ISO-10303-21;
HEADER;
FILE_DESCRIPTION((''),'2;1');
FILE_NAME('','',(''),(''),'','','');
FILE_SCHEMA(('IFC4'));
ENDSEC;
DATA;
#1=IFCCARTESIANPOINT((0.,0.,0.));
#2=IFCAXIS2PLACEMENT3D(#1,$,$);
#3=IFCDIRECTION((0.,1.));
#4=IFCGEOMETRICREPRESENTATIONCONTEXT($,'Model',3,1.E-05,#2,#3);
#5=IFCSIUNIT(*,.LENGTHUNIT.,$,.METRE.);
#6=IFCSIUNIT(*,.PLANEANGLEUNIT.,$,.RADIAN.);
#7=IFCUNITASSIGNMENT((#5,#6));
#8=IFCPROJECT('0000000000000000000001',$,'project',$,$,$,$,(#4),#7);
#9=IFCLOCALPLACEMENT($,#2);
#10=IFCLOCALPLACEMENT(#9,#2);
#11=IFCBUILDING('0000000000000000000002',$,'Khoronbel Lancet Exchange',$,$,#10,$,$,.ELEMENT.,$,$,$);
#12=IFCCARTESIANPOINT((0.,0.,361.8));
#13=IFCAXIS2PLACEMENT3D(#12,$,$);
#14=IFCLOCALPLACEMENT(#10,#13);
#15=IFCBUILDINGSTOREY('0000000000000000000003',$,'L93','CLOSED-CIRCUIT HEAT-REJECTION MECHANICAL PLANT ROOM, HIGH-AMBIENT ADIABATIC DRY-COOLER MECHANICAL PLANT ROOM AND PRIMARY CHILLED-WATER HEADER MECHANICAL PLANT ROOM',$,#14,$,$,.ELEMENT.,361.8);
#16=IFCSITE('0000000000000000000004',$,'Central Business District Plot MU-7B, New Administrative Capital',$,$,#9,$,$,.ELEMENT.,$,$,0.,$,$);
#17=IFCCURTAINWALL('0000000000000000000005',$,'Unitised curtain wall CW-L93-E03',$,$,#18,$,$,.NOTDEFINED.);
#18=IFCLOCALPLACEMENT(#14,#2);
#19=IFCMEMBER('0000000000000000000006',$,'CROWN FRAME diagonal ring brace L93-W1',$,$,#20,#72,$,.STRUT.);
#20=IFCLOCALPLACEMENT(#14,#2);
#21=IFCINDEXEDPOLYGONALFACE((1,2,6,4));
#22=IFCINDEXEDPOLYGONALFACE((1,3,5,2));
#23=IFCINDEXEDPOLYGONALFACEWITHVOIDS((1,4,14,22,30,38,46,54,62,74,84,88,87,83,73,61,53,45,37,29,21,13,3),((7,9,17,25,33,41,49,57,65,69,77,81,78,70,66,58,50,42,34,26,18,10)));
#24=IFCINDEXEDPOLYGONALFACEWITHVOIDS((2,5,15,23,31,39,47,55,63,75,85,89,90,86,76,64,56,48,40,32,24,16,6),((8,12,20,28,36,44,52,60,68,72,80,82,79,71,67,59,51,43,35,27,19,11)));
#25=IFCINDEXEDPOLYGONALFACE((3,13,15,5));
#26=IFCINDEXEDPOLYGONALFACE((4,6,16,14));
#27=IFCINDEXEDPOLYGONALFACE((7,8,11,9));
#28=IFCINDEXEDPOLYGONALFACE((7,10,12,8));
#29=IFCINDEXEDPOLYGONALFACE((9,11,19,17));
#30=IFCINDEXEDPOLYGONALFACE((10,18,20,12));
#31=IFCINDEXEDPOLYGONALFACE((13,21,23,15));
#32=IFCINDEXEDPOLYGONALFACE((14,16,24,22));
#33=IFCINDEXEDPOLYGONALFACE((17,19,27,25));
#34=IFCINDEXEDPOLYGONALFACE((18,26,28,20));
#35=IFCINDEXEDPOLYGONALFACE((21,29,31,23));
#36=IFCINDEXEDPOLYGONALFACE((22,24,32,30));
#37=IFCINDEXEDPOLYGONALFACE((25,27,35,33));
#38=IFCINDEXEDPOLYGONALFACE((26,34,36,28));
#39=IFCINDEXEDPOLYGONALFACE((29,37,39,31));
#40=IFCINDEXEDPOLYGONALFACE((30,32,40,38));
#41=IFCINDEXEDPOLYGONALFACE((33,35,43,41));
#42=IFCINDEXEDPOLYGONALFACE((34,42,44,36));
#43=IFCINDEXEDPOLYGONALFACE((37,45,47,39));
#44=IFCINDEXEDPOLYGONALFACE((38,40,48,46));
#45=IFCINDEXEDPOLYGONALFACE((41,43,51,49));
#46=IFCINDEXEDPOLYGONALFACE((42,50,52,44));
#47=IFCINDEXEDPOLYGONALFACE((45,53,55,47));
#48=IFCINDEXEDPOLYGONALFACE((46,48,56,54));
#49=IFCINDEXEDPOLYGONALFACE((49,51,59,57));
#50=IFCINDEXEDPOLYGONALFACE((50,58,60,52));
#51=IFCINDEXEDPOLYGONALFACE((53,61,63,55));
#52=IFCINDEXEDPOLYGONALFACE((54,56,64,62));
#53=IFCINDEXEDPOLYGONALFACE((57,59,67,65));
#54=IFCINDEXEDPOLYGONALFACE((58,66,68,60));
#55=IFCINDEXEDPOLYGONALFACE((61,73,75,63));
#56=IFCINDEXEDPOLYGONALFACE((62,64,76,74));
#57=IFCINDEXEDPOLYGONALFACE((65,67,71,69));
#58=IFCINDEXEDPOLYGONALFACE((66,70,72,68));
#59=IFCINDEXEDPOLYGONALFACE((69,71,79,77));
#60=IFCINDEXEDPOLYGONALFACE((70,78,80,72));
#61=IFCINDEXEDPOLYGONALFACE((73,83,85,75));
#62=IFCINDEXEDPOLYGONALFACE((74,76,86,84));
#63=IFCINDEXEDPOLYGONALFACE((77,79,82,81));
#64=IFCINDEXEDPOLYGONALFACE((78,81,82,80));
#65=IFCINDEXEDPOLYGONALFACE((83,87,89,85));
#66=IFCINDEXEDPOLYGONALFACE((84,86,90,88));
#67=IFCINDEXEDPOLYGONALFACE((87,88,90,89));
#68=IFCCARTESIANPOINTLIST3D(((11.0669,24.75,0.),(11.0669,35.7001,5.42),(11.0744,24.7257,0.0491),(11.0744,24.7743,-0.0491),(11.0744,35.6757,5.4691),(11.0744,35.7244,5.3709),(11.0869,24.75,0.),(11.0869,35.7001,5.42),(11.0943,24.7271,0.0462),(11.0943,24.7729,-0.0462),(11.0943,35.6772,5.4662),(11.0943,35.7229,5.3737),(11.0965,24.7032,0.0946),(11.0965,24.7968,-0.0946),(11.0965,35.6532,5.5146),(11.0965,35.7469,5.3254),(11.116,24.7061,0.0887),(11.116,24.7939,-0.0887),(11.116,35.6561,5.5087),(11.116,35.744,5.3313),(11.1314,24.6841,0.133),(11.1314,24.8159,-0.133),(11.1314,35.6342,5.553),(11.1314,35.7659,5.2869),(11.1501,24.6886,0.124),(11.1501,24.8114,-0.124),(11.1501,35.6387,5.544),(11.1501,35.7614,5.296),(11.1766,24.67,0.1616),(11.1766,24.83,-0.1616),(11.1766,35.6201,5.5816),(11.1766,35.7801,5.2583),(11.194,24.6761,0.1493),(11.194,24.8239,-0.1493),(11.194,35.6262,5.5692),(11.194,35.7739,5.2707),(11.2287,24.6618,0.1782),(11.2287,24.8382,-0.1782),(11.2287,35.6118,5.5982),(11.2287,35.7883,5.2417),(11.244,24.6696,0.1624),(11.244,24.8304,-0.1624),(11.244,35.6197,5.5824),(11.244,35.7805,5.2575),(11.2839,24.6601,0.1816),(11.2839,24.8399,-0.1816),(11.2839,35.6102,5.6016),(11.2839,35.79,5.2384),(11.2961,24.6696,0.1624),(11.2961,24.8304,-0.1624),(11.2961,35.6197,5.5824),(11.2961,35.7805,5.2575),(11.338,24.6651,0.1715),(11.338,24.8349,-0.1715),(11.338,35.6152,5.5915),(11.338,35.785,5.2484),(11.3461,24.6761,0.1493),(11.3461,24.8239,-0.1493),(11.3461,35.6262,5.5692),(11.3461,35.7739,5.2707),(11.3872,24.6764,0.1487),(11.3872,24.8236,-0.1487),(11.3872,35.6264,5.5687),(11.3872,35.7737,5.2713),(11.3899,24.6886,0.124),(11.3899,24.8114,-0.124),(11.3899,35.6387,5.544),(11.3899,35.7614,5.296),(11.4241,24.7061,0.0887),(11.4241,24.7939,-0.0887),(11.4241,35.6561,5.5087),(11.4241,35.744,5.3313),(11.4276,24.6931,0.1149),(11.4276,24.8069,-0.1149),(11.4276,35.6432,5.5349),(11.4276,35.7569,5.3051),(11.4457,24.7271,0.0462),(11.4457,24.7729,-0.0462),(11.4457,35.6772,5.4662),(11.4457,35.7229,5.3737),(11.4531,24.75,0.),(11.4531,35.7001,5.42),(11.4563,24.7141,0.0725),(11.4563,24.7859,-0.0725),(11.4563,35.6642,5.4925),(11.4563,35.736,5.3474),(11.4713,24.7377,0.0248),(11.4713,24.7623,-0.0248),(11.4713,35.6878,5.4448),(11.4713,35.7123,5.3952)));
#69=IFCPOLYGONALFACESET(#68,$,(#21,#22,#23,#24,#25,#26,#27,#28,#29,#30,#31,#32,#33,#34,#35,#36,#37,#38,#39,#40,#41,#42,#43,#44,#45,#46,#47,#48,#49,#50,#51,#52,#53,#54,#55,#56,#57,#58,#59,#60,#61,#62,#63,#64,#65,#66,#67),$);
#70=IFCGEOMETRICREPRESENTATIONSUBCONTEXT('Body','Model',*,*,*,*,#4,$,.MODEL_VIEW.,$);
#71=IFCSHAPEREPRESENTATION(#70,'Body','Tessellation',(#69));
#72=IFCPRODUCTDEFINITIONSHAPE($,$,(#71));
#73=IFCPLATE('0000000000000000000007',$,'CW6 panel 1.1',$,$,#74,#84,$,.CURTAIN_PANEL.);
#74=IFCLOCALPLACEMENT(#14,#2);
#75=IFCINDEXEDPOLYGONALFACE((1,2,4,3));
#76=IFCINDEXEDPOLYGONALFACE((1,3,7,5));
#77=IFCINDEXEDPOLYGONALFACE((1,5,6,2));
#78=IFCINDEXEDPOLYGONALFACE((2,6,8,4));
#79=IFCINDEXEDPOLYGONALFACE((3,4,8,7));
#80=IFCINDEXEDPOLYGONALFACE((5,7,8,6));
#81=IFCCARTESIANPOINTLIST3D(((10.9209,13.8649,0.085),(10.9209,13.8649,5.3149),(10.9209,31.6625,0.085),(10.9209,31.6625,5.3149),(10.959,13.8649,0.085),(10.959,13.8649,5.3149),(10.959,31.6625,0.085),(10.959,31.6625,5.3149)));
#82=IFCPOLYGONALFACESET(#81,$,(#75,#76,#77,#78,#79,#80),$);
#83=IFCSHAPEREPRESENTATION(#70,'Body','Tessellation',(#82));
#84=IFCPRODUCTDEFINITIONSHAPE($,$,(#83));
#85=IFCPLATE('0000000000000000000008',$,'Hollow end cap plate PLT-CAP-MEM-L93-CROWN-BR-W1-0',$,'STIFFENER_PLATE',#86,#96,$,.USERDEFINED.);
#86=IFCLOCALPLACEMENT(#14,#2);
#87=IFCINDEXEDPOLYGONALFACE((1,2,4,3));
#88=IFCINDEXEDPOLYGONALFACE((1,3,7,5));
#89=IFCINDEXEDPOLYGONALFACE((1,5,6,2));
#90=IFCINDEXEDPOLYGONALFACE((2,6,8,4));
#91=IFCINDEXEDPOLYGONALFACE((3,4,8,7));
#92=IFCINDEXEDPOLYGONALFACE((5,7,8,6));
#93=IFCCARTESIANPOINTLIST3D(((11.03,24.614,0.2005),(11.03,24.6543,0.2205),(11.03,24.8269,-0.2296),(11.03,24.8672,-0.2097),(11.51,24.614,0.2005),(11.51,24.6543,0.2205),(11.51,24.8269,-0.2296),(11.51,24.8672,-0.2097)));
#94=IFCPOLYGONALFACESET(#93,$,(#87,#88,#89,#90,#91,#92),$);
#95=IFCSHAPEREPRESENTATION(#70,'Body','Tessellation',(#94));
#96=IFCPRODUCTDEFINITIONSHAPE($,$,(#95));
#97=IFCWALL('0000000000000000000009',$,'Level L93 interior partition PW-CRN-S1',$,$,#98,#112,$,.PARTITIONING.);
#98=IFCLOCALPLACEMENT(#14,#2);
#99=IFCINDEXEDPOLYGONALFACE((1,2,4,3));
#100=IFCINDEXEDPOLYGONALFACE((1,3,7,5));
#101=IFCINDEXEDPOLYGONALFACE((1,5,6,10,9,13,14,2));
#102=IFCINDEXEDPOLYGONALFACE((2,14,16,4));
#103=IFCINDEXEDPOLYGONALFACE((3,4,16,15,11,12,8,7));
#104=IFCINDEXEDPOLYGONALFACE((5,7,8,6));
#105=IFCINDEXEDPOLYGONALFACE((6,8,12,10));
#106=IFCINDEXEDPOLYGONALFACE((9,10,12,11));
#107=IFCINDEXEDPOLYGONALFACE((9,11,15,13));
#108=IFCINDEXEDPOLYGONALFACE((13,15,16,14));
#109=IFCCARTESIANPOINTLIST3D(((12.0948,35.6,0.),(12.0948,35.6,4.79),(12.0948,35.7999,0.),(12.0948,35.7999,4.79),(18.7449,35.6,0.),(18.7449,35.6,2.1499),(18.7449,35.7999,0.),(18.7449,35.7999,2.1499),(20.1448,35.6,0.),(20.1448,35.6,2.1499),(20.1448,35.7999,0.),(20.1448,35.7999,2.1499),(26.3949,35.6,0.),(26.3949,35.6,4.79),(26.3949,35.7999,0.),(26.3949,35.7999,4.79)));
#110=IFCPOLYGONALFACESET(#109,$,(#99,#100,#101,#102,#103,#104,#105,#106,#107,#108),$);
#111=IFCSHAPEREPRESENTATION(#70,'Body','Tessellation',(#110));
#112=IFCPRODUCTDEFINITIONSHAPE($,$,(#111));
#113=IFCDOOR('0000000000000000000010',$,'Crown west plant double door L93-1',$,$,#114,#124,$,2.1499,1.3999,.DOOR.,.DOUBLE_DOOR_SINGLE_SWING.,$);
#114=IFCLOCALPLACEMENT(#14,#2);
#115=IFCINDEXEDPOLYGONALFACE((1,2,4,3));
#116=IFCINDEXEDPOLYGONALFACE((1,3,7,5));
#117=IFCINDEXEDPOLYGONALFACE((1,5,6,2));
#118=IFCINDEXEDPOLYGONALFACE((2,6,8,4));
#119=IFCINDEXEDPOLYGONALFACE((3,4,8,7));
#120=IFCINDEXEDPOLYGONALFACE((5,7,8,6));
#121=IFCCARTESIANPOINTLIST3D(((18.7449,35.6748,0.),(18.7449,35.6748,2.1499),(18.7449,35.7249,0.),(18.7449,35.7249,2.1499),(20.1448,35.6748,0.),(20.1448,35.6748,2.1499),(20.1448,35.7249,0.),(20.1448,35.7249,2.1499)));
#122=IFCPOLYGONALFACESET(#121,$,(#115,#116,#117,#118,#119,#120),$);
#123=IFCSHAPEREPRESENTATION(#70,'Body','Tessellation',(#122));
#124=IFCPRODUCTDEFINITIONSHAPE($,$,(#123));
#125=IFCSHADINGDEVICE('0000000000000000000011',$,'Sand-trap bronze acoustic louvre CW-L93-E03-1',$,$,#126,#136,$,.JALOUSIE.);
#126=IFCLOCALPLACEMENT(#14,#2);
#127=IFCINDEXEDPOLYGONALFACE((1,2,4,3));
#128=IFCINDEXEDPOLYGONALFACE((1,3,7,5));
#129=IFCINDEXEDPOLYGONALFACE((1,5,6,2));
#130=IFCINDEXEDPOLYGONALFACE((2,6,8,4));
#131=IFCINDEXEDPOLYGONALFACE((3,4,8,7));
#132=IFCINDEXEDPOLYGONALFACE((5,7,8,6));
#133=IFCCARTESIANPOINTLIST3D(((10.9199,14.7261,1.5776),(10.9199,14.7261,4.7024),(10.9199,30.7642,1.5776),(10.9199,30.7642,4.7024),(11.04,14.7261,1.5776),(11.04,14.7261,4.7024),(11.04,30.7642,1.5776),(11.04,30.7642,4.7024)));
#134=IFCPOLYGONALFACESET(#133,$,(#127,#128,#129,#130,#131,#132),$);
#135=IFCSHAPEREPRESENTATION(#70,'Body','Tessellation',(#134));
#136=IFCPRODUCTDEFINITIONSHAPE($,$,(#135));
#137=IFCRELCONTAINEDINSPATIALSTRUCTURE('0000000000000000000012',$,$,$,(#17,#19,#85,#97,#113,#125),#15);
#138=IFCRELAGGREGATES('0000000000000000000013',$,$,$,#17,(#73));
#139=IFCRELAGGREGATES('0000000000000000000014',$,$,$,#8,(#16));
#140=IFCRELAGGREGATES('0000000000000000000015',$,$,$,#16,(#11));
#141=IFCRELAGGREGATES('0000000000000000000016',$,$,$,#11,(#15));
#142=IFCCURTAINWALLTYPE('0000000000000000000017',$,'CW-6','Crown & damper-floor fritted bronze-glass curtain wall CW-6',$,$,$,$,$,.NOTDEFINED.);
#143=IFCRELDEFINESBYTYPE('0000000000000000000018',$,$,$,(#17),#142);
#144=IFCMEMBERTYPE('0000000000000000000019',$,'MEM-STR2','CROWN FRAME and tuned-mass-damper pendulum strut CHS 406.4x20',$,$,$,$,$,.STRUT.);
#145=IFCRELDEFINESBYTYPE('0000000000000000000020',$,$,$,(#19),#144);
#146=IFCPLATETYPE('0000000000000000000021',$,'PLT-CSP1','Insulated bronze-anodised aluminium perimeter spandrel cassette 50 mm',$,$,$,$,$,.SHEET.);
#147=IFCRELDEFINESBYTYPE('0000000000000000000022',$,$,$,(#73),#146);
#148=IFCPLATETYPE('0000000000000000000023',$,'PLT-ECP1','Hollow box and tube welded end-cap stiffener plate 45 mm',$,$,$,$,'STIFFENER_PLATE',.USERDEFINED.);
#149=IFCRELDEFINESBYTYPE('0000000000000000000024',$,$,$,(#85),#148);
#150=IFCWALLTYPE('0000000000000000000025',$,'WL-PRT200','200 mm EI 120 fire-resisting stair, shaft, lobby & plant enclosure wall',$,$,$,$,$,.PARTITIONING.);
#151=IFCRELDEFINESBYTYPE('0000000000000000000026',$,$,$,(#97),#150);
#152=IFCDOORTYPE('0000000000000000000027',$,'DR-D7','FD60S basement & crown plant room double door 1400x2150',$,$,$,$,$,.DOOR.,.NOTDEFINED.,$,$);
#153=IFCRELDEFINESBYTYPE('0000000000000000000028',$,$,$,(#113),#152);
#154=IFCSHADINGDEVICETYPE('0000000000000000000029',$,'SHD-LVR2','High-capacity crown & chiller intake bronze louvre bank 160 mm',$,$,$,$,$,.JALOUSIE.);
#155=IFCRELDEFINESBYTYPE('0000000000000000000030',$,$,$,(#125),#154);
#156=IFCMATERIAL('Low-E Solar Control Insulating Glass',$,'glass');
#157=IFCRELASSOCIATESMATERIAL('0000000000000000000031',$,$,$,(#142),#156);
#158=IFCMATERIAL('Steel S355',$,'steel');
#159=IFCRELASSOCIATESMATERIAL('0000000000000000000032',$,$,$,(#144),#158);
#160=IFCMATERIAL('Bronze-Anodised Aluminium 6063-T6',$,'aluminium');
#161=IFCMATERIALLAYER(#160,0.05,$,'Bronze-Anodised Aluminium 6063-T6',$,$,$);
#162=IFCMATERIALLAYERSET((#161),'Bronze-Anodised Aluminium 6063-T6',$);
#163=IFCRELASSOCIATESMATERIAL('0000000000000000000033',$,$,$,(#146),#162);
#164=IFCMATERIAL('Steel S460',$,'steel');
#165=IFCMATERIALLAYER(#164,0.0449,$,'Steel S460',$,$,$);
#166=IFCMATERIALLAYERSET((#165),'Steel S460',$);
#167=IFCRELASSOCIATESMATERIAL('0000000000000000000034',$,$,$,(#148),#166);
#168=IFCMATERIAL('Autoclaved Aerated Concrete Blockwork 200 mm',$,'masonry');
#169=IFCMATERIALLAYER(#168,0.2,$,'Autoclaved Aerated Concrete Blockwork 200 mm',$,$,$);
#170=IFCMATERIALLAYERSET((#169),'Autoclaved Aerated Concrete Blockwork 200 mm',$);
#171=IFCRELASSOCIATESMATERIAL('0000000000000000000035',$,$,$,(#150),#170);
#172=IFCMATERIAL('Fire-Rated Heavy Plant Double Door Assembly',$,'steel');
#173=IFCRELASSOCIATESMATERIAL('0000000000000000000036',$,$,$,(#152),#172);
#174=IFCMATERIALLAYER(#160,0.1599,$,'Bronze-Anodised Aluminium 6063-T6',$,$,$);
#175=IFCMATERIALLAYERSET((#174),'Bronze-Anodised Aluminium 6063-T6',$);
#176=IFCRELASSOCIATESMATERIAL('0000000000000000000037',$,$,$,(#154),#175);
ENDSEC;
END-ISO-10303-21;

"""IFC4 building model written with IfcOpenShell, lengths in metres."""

from ifc_helpers import new_model, si_unit, direction, frame, frame_2d, origin, origin_2d, place, context, subcontext, project, spatial, polyline, rectangle, hollow_circle, outline, extrude, material, layer, layer_set, material_profile, profile_set, type_object, element, fill, aggregate, save


model = new_model("IFC4")

# Units and contexts
model_context = context("Model", 3, precision=1e-05, world=origin(), true_north=direction((0.0, 1.0)))
body_context = subcontext(model_context, "Body", "Model", "MODEL_VIEW")
ifc_project = project(units=[si_unit("LENGTHUNIT", "METRE"), si_unit("PLANEANGLEUNIT", "RADIAN")], contexts=[model_context])

# Site, building, storey
site_placement = place(None, origin())
site = spatial("IfcSite", under=ifc_project, at=site_placement, Name="Central Business District Plot MU-7B, New Administrative Capital", CompositionType="ELEMENT", RefElevation=0.0)
building_placement = place(site_placement, origin())
building = spatial("IfcBuilding", under=site, at=building_placement, Name="Khoronbel Lancet Exchange", CompositionType="ELEMENT")
storey_placement = place(building_placement, frame((0.0, 0.0, 361.8)))
storey = spatial("IfcBuildingStorey", under=building, at=storey_placement, Name="L93", Description="CLOSED-CIRCUIT HEAT-REJECTION MECHANICAL PLANT ROOM, HIGH-AMBIENT ADIABATIC DRY-COOLER MECHANICAL PLANT ROOM AND PRIMARY CHILLED-WATER HEADER MECHANICAL PLANT ROOM", CompositionType="ELEMENT", Elevation=361.8)

# Shared definitions
ifc_material_1 = material(Name="Steel S355", Category="steel")

# Curtain wall
ifc_material_2 = material(Name="Low-E Solar Control Insulating Glass", Category="glass")
curtain_wall_type = type_object("IfcCurtainWallType", Name="CW-6", Description="Crown & damper-floor fritted bronze-glass curtain wall CW-6", PredefinedType="NOTDEFINED", material=ifc_material_2)
curtain_wall_placement = place(storey_placement, origin())
curtain_wall = element("IfcCurtainWall", 1, at=curtain_wall_placement, inside=storey, type_object=curtain_wall_type, Name="Unitised curtain wall CW-L93-E03", PredefinedType="NOTDEFINED")
ifc_material_3 = material(Name="Bronze-Anodised Aluminium 6063-T6", Category="aluminium")

# Member
ifc_material_profile_1 = material_profile(ifc_material_1, hollow_circle(Radius=0.2031, WallThickness=0.02, at=origin_2d()), Name="CHS 406.4x20")
ifc_profile_set_1 = profile_set([ifc_material_profile_1], Name="Steel S355")
member_type_1 = type_object("IfcMemberType", Name="MEM-STR2", Description="CROWN FRAME and tuned-mass-damper pendulum strut CHS 406.4x20", PredefinedType="STRUT", material=ifc_profile_set_1)
member_1_placement = place(storey_placement, frame((11.27, 24.75, 0.0), z_axis=(0.0, 0.896222, 0.443605), x_axis=(-1.0, 0.0, 0.0)))
element("IfcMember", 2, at=member_1_placement, inside=storey, type_object=member_type_1, Name="CROWN FRAME diagonal ring brace L93-W1", PredefinedType="STRUT", context=body_context, shape_type="SweptSolid", body=[
    extrude(hollow_circle(Radius=0.2031, WallThickness=0.02, at=origin_2d()), origin(), (0.0, 0.0, 1.0), 12.218),
])

# Plates
ifc_layer_1 = layer(ifc_material_3, 0.05, Name="Bronze-Anodised Aluminium 6063-T6")
ifc_layer_set_1 = layer_set([ifc_layer_1], Name="Bronze-Anodised Aluminium 6063-T6")
plate_type_1 = type_object("IfcPlateType", Name="PLT-CSP1", Description="Insulated bronze-anodised aluminium perimeter spandrel cassette 50 mm", PredefinedType="SHEET", material=ifc_layer_set_1)
plate_1_placement = place(storey_placement, frame((10.9399, 22.7637, 0.085), z_axis=(0.0, 0.0, 1.0), x_axis=(0.0, 1.0, 0.0)))
plate_1 = element("IfcPlate", 3, at=plate_1_placement, type_object=plate_type_1, Name="CW6 panel 1.1", PredefinedType="CURTAIN_PANEL", context=body_context, shape_type="SweptSolid", body=[
    extrude(rectangle(XDim=17.7976, YDim=0.0381, at=origin_2d()), origin(), (0.0, 0.0, 1.0), 5.23),
])
aggregate(curtain_wall, [plate_1])
ifc_material_4 = material(Name="Steel S460", Category="steel")
ifc_layer_2 = layer(ifc_material_4, 0.0449, Name="Steel S460")
ifc_layer_set_2 = layer_set([ifc_layer_2], Name="Steel S460")
plate_type_2 = type_object("IfcPlateType", Name="PLT-ECP1", Description="Hollow box and tube welded end-cap stiffener plate 45 mm", ElementType="STIFFENER_PLATE", PredefinedType="USERDEFINED", material=ifc_layer_set_2)
plate_2_placement = place(storey_placement, frame((11.51, 24.8672, -0.2097), z_axis=(0.0, 0.896251, 0.443548), x_axis=(-1.0, 0.0, 0.0)))
element("IfcPlate", 4, at=plate_2_placement, inside=storey, type_object=plate_type_2, Name="Hollow end cap plate PLT-CAP-MEM-L93-CROWN-BR-W1-0", ObjectType="STIFFENER_PLATE", PredefinedType="USERDEFINED", context=body_context, shape_type="SweptSolid", body=[
    extrude(outline(polyline([(0.0, 0.0), (0.48, 0.0), (0.48, 0.48), (0.0, 0.48), (0.0, 0.0)])), origin(), (0.0, 0.0, -1.0), 0.0449),
])

# Wall, opening, door
ifc_material_5 = material(Name="Autoclaved Aerated Concrete Blockwork 200 mm", Category="masonry")
ifc_layer_3 = layer(ifc_material_5, 0.2, Name="Autoclaved Aerated Concrete Blockwork 200 mm")
ifc_layer_set_3 = layer_set([ifc_layer_3], Name="Autoclaved Aerated Concrete Blockwork 200 mm")
wall_type = type_object("IfcWallType", Name="WL-PRT200", Description="200 mm EI 120 fire-resisting stair, shaft, lobby & plant enclosure wall", PredefinedType="PARTITIONING", material=ifc_layer_set_3)
wall_placement = place(storey_placement, frame((12.095, 35.7, 0.0), z_axis=(0.0, 0.0, 1.0), x_axis=(1.0, 0.0, 0.0)))
wall = element("IfcWall", 5, at=wall_placement, inside=storey, type_object=wall_type, Name="Level L93 interior partition PW-CRN-S1", PredefinedType="PARTITIONING", context=body_context, shape_type="SweptSolid", body=[
    extrude(rectangle(XDim=14.3, YDim=0.2, at=frame_2d((7.1499, 0.0))), origin(), (0.0, 0.0, 1.0), 4.79),
])
opening_placement = place(wall_placement, frame((6.6499, 0.0, 0.0)))
opening = element("IfcOpeningElement", 6, at=opening_placement, cuts=wall, PredefinedType="OPENING", context=body_context, shape_type="SweptSolid", body=[
    extrude(rectangle(XDim=1.3999, YDim=2.1499, at=frame_2d((0.7, 1.075))), frame((0.0, 0.1099, 0.0), z_axis=(0.0, -1.0, 0.0), x_axis=(1.0, 0.0, 0.0)), (0.0, 0.0, 1.0), 0.22),
])
ifc_material_6 = material(Name="Fire-Rated Heavy Plant Double Door Assembly", Category="steel")
door_type = type_object("IfcDoorType", Name="DR-D7", Description="FD60S basement & crown plant room double door 1400x2150", OperationType="NOTDEFINED", PredefinedType="DOOR", material=ifc_material_6)
door_placement = place(opening_placement, origin())
door = element("IfcDoor", 7, at=door_placement, inside=storey, type_object=door_type, Name="Crown west plant double door L93-1", OperationType="DOUBLE_DOOR_SINGLE_SWING", OverallHeight=2.1499, OverallWidth=1.3999, PredefinedType="DOOR", context=body_context, shape_type="SweptSolid", body=[
    extrude(rectangle(XDim=1.3999, YDim=2.1499, at=frame_2d((0.7, 1.075))), frame((0.0, 0.0249, 0.0), z_axis=(0.0, -1.0, 0.0), x_axis=(1.0, 0.0, 0.0)), (0.0, 0.0, 1.0), 0.05),
])
fill(opening, door)

# Shading device
ifc_layer_4 = layer(ifc_material_3, 0.1599, Name="Bronze-Anodised Aluminium 6063-T6")
ifc_layer_set_4 = layer_set([ifc_layer_4], Name="Bronze-Anodised Aluminium 6063-T6")
shading_device_type = type_object("IfcShadingDeviceType", Name="SHD-LVR2", Description="High-capacity crown & chiller intake bronze louvre bank 160 mm", PredefinedType="JALOUSIE", material=ifc_layer_set_4)
shading_device_placement = place(storey_placement, frame((10.98, 22.7451, 1.5776), z_axis=(0.0, 0.0, 1.0), x_axis=(0.0, 1.0, 0.0)))
element("IfcShadingDevice", 8, at=shading_device_placement, inside=storey, type_object=shading_device_type, Name="Sand-trap bronze acoustic louvre CW-L93-E03-1", PredefinedType="JALOUSIE", context=body_context, shape_type="SweptSolid", body=[
    extrude(rectangle(XDim=16.0381, YDim=0.1201, at=origin_2d()), origin(), (0.0, 0.0, 1.0), 3.1248),
])

save(model, "model.ifc")
